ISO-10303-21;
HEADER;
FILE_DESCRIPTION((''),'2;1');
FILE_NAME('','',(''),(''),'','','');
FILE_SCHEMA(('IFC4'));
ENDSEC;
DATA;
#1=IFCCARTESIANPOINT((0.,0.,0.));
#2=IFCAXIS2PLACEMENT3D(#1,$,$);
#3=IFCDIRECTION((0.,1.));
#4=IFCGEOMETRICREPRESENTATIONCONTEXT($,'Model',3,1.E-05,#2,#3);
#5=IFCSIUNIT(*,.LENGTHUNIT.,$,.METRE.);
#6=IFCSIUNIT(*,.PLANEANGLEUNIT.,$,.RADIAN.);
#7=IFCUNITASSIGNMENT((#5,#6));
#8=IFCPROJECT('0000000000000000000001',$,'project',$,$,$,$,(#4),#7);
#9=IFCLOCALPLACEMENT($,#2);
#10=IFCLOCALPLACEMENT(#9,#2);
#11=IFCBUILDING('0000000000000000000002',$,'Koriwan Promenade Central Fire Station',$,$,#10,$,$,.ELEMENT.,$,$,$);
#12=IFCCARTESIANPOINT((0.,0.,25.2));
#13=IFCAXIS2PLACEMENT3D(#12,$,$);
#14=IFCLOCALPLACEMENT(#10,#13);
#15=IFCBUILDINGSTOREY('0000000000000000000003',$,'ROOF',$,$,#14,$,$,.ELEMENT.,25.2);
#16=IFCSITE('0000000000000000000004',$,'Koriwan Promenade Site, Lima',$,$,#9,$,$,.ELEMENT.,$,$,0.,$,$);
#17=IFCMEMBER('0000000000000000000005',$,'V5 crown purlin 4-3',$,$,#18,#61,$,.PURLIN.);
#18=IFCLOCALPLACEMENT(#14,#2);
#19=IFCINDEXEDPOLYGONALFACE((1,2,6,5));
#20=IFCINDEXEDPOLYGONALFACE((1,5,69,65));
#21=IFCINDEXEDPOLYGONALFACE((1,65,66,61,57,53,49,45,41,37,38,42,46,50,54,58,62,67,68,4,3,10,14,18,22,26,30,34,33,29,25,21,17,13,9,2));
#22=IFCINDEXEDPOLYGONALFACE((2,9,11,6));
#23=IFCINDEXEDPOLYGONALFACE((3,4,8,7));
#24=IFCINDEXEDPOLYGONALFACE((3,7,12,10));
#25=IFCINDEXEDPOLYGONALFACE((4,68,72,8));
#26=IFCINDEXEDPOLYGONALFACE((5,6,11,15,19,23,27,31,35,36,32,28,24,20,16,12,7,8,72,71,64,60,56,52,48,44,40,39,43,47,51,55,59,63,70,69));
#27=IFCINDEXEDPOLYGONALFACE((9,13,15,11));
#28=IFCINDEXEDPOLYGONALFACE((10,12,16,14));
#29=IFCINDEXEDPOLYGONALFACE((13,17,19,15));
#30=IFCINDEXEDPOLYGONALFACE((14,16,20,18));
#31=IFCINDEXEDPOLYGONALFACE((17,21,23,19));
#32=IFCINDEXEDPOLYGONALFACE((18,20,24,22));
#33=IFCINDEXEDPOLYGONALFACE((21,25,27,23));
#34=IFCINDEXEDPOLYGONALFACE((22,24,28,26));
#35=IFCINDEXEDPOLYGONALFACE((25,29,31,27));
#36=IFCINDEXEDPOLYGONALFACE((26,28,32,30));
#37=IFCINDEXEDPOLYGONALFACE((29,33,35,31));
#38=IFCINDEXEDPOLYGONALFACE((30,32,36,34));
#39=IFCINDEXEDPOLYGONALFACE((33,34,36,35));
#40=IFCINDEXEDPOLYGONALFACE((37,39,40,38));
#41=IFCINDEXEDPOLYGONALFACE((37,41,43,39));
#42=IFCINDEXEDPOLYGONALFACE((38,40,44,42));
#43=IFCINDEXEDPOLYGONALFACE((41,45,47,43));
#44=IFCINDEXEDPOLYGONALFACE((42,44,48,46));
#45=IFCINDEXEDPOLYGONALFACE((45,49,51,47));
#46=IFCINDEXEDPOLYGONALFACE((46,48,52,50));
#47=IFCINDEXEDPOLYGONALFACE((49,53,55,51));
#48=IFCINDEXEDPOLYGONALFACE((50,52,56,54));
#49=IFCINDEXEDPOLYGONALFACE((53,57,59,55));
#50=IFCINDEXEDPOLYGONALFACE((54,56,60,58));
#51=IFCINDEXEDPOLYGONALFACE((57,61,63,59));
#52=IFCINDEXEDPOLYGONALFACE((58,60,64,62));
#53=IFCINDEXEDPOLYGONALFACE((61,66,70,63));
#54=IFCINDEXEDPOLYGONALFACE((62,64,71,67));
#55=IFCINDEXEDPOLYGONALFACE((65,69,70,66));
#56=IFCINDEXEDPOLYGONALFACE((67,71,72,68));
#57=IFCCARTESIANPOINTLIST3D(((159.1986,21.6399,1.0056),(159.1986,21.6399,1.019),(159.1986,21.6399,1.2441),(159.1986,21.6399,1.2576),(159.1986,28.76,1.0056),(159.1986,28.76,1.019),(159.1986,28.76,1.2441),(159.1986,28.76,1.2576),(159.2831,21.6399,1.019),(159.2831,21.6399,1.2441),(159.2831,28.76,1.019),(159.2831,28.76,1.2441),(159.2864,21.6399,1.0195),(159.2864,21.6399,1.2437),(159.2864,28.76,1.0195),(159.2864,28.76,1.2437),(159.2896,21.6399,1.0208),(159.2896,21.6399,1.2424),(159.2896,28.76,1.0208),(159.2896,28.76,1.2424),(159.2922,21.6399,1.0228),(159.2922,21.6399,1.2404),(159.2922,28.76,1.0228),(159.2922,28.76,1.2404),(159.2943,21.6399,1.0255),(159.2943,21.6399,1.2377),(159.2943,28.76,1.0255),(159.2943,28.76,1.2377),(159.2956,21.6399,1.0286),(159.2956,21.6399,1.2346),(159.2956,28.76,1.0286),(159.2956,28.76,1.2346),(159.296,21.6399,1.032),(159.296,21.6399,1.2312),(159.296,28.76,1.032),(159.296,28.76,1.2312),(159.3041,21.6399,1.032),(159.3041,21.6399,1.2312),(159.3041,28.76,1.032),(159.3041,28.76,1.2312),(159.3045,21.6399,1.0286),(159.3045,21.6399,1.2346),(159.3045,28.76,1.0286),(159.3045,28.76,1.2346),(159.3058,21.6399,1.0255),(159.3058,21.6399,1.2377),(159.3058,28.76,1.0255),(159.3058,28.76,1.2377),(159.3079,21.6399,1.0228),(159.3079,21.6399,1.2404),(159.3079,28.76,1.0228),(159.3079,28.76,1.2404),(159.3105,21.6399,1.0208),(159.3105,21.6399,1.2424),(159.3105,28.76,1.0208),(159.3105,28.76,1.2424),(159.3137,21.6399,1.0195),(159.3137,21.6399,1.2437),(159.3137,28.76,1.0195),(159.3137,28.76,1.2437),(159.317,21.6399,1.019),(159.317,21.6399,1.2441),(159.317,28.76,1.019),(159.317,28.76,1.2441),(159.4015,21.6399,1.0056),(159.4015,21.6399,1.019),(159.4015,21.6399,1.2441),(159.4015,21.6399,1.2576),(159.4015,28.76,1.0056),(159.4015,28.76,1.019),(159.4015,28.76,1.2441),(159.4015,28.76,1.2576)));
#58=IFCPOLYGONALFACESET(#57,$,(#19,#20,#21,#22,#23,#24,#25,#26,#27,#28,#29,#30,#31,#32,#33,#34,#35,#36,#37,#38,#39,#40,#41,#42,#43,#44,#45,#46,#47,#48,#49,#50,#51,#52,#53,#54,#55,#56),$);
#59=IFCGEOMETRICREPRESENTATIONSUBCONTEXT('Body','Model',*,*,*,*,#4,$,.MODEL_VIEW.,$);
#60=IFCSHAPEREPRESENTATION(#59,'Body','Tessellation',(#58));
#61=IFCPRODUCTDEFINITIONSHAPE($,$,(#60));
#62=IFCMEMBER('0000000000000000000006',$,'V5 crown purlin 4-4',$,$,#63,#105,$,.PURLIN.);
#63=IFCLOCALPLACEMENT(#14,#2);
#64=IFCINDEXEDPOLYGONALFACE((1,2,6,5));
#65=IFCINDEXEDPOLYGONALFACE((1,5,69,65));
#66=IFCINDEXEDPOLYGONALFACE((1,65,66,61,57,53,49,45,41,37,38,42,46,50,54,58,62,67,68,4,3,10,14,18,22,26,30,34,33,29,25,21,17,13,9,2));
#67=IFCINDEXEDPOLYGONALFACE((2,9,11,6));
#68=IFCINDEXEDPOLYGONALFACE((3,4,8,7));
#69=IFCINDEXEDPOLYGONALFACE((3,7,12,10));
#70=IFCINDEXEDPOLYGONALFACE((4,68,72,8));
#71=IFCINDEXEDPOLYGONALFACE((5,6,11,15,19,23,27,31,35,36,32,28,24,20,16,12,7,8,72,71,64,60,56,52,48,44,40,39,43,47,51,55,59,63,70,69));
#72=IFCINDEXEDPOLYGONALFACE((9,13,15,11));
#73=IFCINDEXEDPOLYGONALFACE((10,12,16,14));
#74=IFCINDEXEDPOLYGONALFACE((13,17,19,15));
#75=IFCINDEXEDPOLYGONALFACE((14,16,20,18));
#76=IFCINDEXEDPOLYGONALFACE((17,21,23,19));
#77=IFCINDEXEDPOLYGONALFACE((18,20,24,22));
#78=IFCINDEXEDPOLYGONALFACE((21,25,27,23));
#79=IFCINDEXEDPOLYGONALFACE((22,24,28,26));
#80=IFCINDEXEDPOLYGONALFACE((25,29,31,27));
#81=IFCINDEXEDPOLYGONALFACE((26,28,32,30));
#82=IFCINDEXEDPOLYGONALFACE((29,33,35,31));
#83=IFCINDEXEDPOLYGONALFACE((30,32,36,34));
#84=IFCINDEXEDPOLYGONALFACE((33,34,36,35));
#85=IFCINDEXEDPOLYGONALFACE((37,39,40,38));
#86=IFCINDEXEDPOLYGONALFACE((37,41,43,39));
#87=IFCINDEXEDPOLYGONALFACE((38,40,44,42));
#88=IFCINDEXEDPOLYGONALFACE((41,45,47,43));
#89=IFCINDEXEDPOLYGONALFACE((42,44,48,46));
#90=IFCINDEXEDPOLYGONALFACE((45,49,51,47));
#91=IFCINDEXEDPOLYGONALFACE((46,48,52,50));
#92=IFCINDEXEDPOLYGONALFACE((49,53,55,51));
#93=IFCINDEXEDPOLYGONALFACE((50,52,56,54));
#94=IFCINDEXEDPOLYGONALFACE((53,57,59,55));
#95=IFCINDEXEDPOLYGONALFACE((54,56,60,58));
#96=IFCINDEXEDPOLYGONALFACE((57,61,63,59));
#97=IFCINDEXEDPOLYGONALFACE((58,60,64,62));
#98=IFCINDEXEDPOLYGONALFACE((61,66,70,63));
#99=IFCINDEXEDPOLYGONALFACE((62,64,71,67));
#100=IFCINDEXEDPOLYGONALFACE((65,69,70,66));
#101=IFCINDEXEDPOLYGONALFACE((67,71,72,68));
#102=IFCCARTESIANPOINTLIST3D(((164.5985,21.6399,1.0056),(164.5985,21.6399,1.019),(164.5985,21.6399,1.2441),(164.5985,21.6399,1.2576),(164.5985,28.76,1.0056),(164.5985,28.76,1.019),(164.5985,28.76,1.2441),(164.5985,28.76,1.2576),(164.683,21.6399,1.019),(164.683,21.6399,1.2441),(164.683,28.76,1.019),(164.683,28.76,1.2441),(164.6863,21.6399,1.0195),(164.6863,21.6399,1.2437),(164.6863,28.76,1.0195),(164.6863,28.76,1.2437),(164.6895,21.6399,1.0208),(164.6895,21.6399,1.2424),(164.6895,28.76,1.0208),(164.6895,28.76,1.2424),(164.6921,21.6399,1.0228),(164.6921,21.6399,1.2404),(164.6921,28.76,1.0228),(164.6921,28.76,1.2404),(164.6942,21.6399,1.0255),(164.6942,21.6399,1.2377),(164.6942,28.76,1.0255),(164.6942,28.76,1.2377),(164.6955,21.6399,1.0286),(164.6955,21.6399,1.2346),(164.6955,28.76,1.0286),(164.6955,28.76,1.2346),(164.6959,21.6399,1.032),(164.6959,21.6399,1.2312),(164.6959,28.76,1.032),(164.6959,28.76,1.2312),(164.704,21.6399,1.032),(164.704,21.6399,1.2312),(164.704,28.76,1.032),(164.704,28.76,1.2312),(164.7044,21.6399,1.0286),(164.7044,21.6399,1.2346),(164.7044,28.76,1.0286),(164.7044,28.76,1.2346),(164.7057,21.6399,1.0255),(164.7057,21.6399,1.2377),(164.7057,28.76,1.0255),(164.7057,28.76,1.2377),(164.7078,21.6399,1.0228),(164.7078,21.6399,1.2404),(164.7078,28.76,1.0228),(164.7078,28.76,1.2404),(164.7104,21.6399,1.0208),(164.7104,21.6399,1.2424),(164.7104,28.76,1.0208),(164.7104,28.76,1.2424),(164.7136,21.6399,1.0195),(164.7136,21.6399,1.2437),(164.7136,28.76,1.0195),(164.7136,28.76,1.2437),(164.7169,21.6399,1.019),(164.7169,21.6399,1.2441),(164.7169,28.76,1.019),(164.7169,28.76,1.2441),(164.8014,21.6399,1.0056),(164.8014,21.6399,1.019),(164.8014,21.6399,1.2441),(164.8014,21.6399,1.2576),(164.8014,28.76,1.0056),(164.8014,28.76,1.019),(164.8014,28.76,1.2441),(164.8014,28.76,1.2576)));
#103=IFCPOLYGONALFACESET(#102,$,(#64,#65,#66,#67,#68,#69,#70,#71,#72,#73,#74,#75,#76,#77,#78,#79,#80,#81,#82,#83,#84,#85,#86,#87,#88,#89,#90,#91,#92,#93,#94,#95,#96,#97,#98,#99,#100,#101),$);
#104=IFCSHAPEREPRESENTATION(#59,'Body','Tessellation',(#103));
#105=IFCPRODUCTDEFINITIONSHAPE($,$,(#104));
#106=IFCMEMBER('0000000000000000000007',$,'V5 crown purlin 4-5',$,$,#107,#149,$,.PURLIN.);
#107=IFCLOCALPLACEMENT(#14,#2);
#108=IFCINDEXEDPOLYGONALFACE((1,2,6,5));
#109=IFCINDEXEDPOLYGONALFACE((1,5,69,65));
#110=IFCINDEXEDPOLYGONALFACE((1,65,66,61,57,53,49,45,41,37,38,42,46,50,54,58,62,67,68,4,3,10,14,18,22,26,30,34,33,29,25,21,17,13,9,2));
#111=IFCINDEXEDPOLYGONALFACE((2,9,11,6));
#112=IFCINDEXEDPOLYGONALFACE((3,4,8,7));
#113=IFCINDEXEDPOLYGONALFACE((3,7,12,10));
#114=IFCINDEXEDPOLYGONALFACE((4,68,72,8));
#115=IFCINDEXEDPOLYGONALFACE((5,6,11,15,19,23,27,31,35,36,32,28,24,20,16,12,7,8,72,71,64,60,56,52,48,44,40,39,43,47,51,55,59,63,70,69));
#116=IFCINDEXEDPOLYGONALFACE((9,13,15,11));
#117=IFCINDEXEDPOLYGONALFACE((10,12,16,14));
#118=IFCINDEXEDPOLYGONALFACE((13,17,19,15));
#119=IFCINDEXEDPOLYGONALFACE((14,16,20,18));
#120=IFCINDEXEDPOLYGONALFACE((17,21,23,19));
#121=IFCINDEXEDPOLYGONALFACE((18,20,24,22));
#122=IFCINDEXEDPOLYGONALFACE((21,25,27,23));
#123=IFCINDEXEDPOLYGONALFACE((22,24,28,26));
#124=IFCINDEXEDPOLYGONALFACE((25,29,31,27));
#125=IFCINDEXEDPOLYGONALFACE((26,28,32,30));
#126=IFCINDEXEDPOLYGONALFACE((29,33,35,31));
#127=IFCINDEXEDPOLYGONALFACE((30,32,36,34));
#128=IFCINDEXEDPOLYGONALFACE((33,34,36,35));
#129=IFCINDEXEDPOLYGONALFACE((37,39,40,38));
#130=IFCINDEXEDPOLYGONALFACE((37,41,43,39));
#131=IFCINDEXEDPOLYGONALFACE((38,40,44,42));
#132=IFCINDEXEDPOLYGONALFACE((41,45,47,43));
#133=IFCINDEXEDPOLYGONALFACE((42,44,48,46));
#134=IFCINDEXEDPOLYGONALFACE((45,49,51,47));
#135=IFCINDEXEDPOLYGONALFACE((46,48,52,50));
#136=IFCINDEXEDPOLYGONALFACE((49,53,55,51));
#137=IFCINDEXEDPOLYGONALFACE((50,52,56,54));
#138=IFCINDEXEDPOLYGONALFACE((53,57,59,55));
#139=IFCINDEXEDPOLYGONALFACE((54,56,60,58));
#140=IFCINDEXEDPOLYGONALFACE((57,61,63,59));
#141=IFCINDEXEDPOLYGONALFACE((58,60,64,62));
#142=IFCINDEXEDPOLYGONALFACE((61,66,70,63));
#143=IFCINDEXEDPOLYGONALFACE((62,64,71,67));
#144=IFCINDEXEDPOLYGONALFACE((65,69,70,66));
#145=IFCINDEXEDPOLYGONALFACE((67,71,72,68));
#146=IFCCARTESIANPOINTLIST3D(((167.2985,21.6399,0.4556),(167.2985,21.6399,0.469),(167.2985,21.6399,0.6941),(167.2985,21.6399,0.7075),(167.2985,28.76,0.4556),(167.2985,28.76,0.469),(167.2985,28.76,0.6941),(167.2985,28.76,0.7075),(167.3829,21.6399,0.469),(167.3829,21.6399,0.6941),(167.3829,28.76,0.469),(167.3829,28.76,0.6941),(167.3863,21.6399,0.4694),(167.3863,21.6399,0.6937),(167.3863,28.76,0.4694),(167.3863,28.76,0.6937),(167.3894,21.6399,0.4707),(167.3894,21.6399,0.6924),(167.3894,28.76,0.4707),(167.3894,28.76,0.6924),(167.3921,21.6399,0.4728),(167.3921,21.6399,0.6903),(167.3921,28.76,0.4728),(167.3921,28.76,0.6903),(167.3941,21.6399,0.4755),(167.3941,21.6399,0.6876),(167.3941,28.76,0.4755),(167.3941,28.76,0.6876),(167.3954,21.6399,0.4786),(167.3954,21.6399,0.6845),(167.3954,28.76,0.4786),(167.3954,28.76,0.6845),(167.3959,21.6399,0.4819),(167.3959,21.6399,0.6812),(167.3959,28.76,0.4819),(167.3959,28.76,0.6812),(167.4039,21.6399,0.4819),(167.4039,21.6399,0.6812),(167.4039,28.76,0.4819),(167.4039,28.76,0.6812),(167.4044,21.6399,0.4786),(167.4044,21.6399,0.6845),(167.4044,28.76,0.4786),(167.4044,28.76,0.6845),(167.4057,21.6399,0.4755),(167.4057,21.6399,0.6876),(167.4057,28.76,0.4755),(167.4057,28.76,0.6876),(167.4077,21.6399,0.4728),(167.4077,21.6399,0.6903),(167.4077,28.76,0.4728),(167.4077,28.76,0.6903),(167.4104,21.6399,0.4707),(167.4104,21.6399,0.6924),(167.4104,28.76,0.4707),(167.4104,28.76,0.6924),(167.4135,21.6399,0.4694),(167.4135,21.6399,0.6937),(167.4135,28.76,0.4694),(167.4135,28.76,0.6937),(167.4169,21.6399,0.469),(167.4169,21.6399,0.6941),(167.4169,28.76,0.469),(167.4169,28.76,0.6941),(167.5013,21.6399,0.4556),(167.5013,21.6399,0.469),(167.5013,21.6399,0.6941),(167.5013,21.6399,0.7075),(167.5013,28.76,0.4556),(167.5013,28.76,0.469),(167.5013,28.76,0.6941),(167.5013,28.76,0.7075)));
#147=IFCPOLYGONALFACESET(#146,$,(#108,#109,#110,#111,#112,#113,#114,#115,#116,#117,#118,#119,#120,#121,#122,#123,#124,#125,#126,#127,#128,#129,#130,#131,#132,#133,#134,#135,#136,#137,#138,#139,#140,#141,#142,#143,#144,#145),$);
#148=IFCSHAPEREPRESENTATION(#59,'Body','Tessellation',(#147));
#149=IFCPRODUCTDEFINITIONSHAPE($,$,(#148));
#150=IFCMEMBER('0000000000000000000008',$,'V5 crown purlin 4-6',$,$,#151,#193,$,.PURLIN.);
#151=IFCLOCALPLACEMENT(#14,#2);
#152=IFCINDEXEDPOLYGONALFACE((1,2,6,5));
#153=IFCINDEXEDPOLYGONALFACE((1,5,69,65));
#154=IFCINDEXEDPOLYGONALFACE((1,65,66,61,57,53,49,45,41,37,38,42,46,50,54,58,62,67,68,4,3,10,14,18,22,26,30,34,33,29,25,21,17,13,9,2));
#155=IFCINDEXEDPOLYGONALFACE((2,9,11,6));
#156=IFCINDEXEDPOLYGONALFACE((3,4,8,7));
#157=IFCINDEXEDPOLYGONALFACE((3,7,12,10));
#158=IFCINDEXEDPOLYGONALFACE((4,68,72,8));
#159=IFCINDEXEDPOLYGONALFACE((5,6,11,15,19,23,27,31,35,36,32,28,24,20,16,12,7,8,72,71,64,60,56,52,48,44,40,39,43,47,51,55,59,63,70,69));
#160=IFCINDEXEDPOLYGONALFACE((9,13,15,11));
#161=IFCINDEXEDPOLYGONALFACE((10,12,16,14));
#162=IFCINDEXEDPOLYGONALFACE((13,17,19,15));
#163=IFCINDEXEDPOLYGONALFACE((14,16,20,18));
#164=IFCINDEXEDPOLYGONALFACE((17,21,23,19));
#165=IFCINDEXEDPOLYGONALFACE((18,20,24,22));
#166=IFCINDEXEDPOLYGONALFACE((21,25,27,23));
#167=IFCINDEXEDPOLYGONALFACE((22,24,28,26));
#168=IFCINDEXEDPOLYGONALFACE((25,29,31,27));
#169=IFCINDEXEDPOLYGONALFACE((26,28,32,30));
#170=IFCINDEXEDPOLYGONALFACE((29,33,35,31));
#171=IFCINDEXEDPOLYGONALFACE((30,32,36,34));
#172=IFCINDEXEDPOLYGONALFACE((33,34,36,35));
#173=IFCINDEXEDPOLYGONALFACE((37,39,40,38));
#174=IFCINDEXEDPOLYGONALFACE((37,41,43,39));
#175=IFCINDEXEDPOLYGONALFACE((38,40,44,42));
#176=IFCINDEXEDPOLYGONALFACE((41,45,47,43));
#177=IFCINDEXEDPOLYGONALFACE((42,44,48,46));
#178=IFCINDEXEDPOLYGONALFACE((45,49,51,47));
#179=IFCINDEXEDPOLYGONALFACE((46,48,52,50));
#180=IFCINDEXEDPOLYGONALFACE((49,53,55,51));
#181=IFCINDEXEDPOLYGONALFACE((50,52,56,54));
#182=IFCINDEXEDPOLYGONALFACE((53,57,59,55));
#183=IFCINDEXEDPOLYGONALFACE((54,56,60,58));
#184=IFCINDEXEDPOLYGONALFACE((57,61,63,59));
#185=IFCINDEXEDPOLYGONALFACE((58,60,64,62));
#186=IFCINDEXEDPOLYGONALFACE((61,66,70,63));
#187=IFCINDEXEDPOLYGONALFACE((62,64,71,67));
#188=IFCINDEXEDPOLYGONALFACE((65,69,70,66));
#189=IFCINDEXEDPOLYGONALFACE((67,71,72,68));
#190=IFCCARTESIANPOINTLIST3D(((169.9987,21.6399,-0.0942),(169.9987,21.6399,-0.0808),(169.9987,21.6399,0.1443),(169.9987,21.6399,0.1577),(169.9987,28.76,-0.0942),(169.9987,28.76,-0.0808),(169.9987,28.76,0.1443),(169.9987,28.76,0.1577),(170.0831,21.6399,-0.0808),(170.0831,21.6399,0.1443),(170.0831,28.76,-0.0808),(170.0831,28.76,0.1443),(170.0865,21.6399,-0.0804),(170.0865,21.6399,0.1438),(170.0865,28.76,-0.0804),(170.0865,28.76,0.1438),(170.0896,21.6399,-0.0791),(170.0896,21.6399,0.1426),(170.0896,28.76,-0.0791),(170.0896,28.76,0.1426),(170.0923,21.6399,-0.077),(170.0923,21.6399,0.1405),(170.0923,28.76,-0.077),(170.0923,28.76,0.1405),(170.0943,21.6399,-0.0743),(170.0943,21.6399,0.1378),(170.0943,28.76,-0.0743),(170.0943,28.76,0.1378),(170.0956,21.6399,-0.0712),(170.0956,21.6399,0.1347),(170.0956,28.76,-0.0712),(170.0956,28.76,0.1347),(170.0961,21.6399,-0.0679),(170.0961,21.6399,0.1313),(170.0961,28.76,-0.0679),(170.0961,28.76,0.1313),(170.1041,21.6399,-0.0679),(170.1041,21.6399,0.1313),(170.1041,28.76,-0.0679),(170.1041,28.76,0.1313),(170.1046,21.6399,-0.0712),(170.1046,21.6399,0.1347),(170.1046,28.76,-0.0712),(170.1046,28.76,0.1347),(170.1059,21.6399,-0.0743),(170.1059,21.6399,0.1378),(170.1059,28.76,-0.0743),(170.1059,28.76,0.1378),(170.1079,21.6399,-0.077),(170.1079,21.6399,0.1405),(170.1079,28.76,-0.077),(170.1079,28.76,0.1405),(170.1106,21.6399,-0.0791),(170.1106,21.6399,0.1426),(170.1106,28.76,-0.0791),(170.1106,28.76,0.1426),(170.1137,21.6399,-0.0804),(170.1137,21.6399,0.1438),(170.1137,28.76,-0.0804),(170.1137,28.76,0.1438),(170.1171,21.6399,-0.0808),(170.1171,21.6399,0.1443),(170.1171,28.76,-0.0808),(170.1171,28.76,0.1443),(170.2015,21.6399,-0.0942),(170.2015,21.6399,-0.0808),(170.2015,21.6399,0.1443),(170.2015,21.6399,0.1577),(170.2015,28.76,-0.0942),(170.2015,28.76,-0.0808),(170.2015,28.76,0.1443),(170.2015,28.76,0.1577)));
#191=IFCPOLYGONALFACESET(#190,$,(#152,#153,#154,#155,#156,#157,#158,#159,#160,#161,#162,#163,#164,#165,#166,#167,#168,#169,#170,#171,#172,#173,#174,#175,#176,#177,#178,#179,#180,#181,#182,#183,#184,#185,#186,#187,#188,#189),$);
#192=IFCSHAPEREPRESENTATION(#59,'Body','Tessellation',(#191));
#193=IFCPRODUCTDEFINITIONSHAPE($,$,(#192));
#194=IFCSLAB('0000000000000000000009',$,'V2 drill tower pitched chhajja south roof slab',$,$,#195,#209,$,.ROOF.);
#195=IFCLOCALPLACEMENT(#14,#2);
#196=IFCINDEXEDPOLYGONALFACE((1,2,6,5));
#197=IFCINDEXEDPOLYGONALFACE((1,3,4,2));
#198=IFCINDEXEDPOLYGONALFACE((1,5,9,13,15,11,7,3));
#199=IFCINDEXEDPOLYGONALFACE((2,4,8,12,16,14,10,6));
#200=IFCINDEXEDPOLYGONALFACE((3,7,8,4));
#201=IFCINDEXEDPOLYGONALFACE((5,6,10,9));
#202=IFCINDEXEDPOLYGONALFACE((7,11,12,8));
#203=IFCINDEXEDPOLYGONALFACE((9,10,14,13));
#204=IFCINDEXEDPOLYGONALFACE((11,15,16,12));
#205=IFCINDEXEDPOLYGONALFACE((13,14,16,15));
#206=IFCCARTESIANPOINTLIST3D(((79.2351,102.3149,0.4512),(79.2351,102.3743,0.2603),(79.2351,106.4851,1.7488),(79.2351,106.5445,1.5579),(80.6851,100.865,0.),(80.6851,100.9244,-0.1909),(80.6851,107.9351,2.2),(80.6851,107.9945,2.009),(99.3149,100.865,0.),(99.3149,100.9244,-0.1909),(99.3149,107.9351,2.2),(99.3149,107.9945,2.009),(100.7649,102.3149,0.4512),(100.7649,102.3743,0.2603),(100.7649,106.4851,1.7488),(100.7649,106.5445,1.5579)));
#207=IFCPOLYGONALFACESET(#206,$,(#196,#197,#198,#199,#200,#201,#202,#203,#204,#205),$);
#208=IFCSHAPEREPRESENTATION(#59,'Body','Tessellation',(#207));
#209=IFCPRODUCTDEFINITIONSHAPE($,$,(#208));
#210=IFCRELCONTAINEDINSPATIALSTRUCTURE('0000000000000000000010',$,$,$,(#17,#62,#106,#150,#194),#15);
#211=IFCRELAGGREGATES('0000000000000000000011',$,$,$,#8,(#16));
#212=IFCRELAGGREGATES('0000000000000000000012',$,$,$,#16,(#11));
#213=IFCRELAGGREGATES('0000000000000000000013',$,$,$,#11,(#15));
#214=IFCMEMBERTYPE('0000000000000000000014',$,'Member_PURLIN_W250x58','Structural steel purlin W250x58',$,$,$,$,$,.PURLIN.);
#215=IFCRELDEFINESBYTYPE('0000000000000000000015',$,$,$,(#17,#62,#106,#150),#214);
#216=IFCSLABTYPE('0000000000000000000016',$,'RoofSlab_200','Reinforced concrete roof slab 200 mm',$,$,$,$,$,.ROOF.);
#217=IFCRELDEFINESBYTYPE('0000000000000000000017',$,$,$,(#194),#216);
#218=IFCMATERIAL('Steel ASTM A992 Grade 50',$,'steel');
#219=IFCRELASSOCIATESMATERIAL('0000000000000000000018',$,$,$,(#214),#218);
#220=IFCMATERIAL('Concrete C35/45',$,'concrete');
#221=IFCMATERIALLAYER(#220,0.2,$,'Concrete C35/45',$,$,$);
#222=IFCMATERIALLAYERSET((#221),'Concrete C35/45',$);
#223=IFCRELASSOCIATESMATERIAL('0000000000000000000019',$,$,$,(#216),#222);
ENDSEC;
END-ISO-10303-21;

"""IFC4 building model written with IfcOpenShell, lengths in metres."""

from ifc_helpers import new_model, si_unit, direction, frame, origin, origin_2d, place, context, subcontext, project, spatial, polyline, i_section, outline, extrude, material, layer, layer_set, material_profile, profile_set, type_object, element, save


model = new_model("IFC4")

# Units and contexts
model_context = context("Model", 3, precision=1e-05, world=origin(), true_north=direction((0.0, 1.0)))
body_context = subcontext(model_context, "Body", "Model", "MODEL_VIEW")
ifc_project = project(units=[si_unit("LENGTHUNIT", "METRE"), si_unit("PLANEANGLEUNIT", "RADIAN")], contexts=[model_context])

# Site, building, storey
site_placement = place(None, origin())
site = spatial("IfcSite", under=ifc_project, at=site_placement, Name="Koriwan Promenade Site, Lima", CompositionType="ELEMENT", RefElevation=0.0)
building_placement = place(site_placement, origin())
building = spatial("IfcBuilding", under=site, at=building_placement, Name="Koriwan Promenade Central Fire Station", CompositionType="ELEMENT")
storey_placement = place(building_placement, frame((0.0, 0.0, 25.2)))
storey = spatial("IfcBuildingStorey", under=building, at=storey_placement, Name="ROOF", CompositionType="ELEMENT", Elevation=25.2)

# Members
ifc_material_1 = material(Name="Steel ASTM A992 Grade 50", Category="steel")
ifc_material_profile_1 = material_profile(ifc_material_1, i_section(OverallWidth=0.2029, OverallDepth=0.252, WebThickness=0.0081, FlangeThickness=0.0134, FilletRadius=0.0129, at=origin_2d()), Name="W250x58")
ifc_profile_set_1 = profile_set([ifc_material_profile_1], Name="Steel ASTM A992 Grade 50")
member_type_1 = type_object("IfcMemberType", Name="Member_PURLIN_W250x58", Description="Structural steel purlin W250x58", PredefinedType="PURLIN", material=ifc_profile_set_1)
for number, where, z_axis, x_axis, name in (
    (1, (159.3, 21.6399, 1.1316), (0.0, 1.0, 0.0), (-1.0, 0.0, 0.0), "V5 crown purlin 4-3"),
    (2, (164.7, 21.6399, 1.1316), (0.0, 1.0, 0.0), (-1.0, 0.0, 0.0), "V5 crown purlin 4-4"),
    (3, (167.3999, 21.6399, 0.5815), (0.0, 1.0, 0.0), (-1.0, 0.0, 0.0), "V5 crown purlin 4-5"),
    (4, (170.1001, 21.6399, 0.0317), (0.0, 1.0, 0.0), (-1.0, 0.0, 0.0), "V5 crown purlin 4-6"),
):
    element("IfcMember", number, at=place(storey_placement, frame(where, z_axis=z_axis, x_axis=x_axis)), inside=storey, type_object=member_type_1, Name=name, PredefinedType="PURLIN", context=body_context, shape_type="SweptSolid", body=[
        extrude(i_section(OverallWidth=0.2029, OverallDepth=0.252, WebThickness=0.0081, FlangeThickness=0.0134, FilletRadius=0.0129, at=origin_2d()), origin(), (0.0, 0.0, 1.0), 7.1201),
    ])

# Slab
ifc_material_2 = material(Name="Concrete C35/45", Category="concrete")
ifc_layer_1 = layer(ifc_material_2, 0.2, Name="Concrete C35/45")
ifc_layer_set_1 = layer_set([ifc_layer_1], Name="Concrete C35/45")
slab_type_1 = type_object("IfcSlabType", Name="RoofSlab_200", Description="Reinforced concrete roof slab 200 mm", PredefinedType="ROOF", material=ifc_layer_set_1)
for number, where, z_axis, x_axis, name in (
    (5, (80.6851, 100.865, 0.0), (0.0, -0.297113, 0.954842), (1.0, 0.0, 0.0), "V2 drill tower pitched chhajja south roof slab"),
):
    element("IfcSlab", number, at=place(storey_placement, frame(where, z_axis=z_axis, x_axis=x_axis)), inside=storey, type_object=slab_type_1, Name=name, PredefinedType="ROOF", context=body_context, shape_type="SweptSolid", body=[
        extrude(outline(polyline([(0.0, 0.0), (18.6299, 0.0), (20.0798, 1.5185), (20.0798, 5.8859), (18.6299, 7.4044), (0.0, 7.4044), (-1.45, 5.8859), (-1.45, 1.5185), (0.0, 0.0)])), origin(), (0.0, 0.0, -1.0), 0.2),
    ])

save(model, "model.ifc")
